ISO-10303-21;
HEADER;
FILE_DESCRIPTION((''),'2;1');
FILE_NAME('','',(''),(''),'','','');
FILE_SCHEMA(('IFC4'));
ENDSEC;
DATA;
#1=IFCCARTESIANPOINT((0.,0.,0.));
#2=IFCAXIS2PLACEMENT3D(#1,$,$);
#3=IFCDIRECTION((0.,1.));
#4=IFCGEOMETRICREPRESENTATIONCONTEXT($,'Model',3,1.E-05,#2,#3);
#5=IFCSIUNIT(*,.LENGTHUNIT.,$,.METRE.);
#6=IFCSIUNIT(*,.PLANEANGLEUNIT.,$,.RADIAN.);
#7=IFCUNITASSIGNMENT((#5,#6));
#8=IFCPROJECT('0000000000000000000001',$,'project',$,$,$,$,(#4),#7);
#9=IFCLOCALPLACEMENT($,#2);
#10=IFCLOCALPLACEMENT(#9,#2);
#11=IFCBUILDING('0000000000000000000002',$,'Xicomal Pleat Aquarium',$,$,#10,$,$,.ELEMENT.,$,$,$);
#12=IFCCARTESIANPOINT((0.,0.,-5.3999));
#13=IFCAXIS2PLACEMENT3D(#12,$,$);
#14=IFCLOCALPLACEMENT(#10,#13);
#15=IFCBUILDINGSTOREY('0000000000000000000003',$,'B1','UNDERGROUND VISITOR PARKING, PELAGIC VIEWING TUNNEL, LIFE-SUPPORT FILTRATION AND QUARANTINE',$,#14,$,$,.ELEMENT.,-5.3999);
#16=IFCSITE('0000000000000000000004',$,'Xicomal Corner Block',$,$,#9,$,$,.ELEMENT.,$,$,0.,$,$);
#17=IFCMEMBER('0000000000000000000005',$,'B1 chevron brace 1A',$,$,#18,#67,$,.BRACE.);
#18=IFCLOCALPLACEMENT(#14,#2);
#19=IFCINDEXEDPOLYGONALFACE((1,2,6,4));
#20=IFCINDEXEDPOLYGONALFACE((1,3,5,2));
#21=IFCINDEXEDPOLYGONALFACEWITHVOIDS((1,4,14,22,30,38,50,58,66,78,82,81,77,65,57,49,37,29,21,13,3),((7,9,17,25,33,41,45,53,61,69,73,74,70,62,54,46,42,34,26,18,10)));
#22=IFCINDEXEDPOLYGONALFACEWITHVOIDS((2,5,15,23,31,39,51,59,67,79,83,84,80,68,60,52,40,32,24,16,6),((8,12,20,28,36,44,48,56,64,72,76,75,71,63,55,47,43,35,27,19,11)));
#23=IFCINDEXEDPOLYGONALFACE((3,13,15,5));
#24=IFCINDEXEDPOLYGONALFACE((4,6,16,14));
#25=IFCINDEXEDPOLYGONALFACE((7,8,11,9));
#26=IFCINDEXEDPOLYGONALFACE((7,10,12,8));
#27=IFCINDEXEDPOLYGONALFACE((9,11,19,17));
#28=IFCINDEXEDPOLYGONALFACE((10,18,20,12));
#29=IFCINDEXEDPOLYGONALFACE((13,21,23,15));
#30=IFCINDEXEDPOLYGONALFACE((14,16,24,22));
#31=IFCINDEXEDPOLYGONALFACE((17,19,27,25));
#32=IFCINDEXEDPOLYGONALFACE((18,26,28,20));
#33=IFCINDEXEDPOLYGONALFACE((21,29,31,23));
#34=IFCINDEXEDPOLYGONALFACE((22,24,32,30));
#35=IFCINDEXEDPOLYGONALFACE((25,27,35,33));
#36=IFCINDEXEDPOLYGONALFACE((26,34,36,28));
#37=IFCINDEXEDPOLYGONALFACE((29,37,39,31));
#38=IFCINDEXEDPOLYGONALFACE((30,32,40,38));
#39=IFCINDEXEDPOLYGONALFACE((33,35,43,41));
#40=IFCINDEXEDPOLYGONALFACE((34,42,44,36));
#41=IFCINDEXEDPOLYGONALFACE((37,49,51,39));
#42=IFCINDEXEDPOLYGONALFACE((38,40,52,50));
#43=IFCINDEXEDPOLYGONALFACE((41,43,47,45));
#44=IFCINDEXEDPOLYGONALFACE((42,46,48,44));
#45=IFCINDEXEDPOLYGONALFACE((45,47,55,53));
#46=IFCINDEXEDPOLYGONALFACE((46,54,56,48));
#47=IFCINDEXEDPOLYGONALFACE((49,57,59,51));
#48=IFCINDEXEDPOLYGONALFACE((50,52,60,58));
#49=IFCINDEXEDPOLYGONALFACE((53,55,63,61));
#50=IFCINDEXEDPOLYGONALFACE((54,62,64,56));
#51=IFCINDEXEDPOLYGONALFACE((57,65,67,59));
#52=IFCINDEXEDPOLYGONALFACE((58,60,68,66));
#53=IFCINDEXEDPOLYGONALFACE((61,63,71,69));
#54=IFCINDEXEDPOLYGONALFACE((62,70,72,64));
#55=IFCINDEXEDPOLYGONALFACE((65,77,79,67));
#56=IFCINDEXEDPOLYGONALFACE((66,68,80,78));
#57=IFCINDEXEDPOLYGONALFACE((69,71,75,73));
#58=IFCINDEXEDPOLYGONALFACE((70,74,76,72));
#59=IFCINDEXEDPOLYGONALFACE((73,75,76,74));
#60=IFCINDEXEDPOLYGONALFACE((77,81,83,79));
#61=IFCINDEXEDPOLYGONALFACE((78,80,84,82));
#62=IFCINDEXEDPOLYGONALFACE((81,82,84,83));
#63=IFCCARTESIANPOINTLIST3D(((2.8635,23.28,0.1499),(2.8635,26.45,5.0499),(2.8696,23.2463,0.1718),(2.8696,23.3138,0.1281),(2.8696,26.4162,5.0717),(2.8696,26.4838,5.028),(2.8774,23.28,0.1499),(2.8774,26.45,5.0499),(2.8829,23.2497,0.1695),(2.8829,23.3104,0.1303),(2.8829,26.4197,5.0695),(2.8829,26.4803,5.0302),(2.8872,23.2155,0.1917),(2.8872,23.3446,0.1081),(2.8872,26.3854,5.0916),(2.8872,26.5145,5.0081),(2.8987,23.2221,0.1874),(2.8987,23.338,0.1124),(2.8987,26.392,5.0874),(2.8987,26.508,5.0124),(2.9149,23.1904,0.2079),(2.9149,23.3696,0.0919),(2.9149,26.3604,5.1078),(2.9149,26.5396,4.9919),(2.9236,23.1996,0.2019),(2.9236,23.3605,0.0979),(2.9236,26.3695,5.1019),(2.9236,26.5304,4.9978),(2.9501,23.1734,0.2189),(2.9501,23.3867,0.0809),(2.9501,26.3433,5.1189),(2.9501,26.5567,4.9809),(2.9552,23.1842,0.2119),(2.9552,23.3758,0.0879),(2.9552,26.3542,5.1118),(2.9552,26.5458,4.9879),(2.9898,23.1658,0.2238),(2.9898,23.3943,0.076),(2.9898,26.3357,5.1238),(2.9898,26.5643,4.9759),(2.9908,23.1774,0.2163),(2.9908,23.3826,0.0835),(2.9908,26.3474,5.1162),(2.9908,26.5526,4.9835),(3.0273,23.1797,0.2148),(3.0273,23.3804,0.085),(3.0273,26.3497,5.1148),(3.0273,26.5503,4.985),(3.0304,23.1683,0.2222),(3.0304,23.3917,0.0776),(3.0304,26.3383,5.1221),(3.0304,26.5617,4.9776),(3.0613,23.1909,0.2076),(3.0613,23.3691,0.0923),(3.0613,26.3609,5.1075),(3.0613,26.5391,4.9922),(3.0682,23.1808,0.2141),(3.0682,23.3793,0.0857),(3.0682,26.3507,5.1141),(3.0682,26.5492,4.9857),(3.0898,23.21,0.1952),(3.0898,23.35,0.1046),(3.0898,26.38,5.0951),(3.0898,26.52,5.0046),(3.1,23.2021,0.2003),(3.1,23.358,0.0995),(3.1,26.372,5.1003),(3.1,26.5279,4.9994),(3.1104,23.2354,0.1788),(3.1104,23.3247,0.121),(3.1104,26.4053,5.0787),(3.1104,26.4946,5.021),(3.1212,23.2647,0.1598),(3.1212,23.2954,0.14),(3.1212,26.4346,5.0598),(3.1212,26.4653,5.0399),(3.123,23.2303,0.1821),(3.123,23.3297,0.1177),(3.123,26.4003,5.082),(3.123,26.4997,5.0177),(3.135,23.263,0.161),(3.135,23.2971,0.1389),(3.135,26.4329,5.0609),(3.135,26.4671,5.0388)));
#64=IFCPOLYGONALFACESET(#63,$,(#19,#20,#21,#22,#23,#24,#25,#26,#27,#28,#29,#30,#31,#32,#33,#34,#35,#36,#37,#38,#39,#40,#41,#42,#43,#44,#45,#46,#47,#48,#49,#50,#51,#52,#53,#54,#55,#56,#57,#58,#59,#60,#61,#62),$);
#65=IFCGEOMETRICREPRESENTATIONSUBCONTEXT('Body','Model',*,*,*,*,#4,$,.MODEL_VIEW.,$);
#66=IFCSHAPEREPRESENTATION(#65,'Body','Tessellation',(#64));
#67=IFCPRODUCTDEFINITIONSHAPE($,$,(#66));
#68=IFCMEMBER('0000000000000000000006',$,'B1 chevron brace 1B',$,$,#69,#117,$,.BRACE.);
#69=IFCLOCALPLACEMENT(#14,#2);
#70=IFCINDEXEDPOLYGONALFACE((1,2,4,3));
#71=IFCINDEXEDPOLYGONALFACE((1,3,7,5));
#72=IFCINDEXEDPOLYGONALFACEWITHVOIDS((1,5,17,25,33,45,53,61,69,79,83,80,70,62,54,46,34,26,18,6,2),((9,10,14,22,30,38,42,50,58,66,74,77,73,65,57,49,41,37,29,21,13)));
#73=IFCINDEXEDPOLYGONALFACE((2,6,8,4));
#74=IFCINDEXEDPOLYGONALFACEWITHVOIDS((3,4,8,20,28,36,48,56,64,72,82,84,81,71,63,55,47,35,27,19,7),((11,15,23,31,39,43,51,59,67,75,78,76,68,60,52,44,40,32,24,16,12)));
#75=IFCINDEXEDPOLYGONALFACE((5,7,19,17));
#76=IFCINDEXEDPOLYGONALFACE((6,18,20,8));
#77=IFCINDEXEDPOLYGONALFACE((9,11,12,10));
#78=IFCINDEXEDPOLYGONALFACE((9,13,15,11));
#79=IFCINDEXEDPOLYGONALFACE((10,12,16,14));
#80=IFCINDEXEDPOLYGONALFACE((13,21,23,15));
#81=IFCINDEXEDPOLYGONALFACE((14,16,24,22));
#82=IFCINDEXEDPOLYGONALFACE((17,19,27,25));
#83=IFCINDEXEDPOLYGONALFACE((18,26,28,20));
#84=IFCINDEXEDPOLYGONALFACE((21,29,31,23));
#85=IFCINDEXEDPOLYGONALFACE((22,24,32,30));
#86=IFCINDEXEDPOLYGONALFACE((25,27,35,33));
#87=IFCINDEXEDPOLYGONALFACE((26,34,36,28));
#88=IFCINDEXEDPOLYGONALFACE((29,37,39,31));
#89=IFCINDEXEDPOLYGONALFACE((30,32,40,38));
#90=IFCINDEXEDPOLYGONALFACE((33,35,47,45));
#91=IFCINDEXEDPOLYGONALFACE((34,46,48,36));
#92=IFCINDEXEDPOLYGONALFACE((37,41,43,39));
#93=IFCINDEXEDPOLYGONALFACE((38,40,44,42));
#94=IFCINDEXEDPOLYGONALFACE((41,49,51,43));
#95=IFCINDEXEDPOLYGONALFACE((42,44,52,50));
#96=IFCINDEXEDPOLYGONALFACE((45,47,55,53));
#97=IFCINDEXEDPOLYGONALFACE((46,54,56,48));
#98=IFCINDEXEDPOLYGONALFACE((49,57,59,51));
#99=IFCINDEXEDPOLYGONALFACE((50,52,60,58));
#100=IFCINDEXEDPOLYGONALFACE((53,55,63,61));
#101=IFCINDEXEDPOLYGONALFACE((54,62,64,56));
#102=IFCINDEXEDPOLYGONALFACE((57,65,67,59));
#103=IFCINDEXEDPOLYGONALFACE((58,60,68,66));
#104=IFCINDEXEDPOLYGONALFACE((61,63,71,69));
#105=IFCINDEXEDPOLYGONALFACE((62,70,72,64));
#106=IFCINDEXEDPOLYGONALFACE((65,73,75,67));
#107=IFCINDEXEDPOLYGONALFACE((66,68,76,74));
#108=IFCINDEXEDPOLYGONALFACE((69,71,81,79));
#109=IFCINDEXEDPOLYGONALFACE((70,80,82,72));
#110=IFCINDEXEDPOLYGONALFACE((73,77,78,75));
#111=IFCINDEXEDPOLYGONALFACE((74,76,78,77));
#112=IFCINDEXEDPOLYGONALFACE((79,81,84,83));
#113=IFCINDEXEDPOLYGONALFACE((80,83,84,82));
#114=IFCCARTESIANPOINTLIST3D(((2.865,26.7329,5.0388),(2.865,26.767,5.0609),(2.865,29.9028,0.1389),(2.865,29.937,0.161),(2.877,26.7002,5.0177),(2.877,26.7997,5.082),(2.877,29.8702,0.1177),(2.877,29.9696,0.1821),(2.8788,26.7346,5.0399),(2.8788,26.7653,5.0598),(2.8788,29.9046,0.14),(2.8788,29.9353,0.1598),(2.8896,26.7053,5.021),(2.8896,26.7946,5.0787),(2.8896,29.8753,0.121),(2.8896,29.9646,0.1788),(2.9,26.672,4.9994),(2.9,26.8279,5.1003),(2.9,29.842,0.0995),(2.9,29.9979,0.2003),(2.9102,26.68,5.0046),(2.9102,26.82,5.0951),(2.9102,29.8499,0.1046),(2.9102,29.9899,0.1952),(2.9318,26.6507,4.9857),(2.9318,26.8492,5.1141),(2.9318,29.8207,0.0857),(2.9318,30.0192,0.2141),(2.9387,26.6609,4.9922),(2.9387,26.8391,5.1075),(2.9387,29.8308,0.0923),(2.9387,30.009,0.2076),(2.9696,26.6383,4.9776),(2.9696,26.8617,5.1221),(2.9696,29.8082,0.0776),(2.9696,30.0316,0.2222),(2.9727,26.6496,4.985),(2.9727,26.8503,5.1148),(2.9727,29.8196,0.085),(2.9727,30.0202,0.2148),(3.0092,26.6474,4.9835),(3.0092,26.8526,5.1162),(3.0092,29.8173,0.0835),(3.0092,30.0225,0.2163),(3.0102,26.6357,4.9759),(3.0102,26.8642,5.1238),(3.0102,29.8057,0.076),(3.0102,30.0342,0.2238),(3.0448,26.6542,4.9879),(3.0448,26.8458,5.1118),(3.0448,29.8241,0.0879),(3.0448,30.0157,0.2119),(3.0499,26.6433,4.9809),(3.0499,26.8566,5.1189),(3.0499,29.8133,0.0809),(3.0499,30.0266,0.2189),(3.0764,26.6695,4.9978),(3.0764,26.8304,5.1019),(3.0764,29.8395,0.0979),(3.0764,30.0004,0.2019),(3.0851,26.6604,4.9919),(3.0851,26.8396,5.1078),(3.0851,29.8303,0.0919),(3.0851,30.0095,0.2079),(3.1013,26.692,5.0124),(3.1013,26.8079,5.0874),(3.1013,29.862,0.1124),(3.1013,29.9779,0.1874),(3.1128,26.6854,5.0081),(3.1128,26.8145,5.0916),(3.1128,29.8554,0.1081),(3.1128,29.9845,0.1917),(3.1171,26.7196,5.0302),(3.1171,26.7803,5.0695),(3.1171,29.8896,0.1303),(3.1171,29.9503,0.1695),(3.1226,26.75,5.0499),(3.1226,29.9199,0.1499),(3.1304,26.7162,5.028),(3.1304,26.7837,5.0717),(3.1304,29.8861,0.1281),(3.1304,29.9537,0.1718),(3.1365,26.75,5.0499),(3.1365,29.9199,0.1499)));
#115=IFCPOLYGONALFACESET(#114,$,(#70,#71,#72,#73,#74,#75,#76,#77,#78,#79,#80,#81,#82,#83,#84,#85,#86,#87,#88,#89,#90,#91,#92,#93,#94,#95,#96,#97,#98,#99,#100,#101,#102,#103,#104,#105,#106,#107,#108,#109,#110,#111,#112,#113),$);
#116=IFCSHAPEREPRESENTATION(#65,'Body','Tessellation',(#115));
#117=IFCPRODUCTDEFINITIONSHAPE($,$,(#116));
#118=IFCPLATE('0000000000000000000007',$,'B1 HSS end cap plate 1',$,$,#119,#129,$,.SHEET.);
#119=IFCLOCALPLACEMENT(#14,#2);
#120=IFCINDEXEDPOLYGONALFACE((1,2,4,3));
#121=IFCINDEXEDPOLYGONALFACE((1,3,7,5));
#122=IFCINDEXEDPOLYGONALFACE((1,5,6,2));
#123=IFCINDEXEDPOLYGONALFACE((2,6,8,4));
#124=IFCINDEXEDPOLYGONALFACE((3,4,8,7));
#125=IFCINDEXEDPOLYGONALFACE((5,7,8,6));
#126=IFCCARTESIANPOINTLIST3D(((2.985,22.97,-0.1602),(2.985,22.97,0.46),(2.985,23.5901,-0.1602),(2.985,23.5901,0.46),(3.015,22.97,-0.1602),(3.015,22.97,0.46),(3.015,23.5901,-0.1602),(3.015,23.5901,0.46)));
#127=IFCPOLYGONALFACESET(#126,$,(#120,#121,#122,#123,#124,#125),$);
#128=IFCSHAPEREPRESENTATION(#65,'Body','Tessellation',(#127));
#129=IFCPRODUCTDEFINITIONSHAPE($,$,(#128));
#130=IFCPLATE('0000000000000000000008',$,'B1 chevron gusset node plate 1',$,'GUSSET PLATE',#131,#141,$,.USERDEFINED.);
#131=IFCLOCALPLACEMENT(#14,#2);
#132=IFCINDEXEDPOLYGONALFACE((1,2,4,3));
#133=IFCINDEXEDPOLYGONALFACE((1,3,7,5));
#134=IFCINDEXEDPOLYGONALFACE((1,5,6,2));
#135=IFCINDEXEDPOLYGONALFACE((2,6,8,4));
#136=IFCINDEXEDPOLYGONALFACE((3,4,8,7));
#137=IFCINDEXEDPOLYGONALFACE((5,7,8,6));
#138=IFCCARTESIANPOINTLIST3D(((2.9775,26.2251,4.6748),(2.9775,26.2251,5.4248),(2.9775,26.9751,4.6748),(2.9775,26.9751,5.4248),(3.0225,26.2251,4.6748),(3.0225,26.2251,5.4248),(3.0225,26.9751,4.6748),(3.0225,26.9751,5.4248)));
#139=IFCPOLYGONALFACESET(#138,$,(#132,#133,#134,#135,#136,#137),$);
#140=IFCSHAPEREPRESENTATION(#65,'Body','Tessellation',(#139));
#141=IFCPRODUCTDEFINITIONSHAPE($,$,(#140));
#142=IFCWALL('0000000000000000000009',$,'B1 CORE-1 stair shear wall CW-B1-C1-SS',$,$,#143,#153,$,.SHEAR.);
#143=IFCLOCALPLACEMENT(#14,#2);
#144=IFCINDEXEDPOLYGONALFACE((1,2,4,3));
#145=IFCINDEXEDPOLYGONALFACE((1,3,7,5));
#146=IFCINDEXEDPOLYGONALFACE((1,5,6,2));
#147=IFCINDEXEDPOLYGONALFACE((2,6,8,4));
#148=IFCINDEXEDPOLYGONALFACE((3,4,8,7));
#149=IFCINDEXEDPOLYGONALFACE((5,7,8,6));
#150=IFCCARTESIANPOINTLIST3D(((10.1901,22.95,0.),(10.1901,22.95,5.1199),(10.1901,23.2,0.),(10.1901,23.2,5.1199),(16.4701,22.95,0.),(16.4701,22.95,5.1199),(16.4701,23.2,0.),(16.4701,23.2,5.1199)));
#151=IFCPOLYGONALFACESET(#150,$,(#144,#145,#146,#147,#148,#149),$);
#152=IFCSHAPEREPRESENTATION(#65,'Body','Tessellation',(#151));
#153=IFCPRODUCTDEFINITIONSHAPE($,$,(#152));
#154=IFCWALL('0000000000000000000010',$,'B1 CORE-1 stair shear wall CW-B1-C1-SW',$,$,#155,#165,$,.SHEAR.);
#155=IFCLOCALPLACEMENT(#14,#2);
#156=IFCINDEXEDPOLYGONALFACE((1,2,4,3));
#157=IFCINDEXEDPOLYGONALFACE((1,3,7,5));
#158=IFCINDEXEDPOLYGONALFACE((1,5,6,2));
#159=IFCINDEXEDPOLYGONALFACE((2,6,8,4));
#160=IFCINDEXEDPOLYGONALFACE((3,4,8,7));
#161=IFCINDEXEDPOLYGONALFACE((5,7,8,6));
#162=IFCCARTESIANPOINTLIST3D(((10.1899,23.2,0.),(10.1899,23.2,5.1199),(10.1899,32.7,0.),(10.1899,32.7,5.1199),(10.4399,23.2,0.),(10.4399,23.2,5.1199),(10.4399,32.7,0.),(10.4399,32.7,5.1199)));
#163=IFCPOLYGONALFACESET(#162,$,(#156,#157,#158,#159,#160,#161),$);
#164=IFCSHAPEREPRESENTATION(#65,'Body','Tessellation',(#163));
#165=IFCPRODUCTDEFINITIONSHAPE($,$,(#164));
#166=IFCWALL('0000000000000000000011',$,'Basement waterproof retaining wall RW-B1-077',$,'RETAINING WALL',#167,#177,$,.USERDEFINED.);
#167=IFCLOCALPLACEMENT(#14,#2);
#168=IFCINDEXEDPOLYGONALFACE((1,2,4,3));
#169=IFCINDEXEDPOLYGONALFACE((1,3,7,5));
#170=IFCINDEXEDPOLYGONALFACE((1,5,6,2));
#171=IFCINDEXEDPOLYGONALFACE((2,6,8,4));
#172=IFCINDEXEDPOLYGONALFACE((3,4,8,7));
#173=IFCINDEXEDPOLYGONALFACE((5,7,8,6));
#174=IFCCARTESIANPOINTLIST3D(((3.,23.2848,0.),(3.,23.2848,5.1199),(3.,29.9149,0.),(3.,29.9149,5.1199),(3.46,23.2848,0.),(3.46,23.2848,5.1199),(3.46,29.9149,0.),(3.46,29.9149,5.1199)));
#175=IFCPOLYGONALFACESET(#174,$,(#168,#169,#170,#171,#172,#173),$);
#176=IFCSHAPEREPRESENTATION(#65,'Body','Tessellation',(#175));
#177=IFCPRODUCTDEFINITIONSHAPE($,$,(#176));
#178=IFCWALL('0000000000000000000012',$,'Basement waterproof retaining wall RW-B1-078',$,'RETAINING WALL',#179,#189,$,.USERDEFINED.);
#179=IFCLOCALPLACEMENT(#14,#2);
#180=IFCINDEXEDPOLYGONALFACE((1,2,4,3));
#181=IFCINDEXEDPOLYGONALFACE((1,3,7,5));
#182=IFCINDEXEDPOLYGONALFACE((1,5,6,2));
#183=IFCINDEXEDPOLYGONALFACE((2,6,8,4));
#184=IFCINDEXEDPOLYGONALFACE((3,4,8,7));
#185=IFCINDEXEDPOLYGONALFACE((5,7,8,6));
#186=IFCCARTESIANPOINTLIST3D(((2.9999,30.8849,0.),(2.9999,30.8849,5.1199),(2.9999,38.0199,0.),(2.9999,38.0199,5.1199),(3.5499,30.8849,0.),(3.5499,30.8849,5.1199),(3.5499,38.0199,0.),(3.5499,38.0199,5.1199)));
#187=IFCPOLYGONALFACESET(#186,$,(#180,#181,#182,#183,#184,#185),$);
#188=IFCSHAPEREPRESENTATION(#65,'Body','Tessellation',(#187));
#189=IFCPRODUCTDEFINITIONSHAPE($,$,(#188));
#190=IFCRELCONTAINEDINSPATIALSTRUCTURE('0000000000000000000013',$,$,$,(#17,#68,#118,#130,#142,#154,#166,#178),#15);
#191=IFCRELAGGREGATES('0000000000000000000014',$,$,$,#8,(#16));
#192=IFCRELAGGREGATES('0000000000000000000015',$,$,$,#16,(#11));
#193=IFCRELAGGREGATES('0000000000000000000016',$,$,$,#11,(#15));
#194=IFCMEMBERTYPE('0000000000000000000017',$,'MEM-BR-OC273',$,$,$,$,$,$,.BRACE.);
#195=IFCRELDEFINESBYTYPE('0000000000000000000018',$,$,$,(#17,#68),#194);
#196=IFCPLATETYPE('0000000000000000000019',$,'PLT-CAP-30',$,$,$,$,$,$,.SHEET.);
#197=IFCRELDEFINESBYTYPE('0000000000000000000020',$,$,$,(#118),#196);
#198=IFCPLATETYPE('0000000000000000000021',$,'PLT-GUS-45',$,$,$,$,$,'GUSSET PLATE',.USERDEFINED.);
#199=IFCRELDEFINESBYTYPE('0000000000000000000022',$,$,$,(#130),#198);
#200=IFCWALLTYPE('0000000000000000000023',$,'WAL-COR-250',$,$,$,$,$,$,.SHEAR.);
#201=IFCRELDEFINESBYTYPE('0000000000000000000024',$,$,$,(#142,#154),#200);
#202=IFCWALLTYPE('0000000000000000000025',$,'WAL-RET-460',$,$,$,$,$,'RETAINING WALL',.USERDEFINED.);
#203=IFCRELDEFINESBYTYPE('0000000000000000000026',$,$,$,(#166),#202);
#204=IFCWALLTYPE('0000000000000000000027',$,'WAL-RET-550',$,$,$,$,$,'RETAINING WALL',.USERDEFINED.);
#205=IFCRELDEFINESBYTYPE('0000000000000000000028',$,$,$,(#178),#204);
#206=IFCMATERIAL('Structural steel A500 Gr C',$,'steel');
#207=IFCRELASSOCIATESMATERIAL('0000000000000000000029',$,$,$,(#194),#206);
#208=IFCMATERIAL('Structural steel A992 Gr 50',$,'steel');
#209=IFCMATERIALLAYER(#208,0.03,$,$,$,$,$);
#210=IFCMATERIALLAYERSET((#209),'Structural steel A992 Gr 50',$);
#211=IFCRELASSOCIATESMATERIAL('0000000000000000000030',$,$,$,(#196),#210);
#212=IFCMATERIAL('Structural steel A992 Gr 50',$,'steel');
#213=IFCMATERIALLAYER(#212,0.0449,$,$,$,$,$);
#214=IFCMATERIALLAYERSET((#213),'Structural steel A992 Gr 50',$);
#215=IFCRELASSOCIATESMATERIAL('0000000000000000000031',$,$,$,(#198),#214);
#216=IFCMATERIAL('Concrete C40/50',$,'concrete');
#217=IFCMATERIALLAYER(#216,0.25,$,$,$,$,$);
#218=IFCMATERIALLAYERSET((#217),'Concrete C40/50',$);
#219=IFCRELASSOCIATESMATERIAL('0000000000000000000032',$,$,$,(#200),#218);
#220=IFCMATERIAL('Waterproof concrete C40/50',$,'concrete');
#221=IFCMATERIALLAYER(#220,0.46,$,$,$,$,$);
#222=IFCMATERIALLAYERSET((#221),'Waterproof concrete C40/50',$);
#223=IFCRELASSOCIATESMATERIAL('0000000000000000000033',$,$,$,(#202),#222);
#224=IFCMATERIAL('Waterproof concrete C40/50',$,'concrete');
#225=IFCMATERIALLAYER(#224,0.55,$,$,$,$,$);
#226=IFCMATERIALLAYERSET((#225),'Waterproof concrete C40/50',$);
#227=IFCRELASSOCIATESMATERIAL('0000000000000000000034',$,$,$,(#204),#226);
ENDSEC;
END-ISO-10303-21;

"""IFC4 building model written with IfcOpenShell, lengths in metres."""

from ifc_helpers import new_model, si_unit, direction, frame, frame_2d, origin, origin_2d, place, context, subcontext, project, spatial, rectangle, hollow_circle, extrude, material, layer, layer_set, material_profile, profile_set, type_object, element, save


model = new_model("IFC4")

# Units and contexts
model_context = context("Model", 3, precision=1e-05, world=origin(), true_north=direction((0.0, 1.0)))
body_context = subcontext(model_context, "Body", "Model", "MODEL_VIEW")
ifc_project = project(units=[si_unit("LENGTHUNIT", "METRE"), si_unit("PLANEANGLEUNIT", "RADIAN")], contexts=[model_context])

# Site, building, storey
site_placement = place(None, origin())
site = spatial("IfcSite", under=ifc_project, at=site_placement, Name="Xicomal Corner Block", CompositionType="ELEMENT", RefElevation=0.0)
building_placement = place(site_placement, origin())
building = spatial("IfcBuilding", under=site, at=building_placement, Name="Xicomal Pleat Aquarium", CompositionType="ELEMENT")
storey_placement = place(building_placement, frame((0.0, 0.0, -5.3999)))
storey = spatial("IfcBuildingStorey", under=building, at=storey_placement, Name="B1", Description="UNDERGROUND VISITOR PARKING, PELAGIC VIEWING TUNNEL, LIFE-SUPPORT FILTRATION AND QUARANTINE", CompositionType="ELEMENT", Elevation=-5.3999)

# Members
ifc_material_1 = material(Name="Structural steel A500 Gr C", Category="steel")
ifc_material_profile_1 = material_profile(ifc_material_1, hollow_circle(Radius=0.1365, WallThickness=0.0139, at=origin_2d()), Name="OC 273x14")
ifc_profile_set_1 = profile_set([ifc_material_profile_1], Name="Structural steel A500 Gr C")
member_type = type_object("IfcMemberType", Name="MEM-BR-OC273", PredefinedType="BRACE", material=ifc_profile_set_1)
for number, where, z_axis, x_axis, name in (
    (1, (3.0, 23.28, 0.1499), (0.0, 0.543178, 0.839617), (-1.0, 0.0, 0.0), "B1 chevron brace 1A"),
    (2, (3.0, 29.9199, 0.1499), (0.0, -0.543178, 0.839617), (1.0, 0.0, 0.0), "B1 chevron brace 1B"),
):
    element("IfcMember", number, at=place(storey_placement, frame(where, z_axis=z_axis, x_axis=x_axis)), inside=storey, type_object=member_type, Name=name, PredefinedType="BRACE", context=body_context, shape_type="SweptSolid", body=[
        extrude(hollow_circle(Radius=0.1365, WallThickness=0.0139, at=origin_2d()), origin(), (0.0, 0.0, 1.0), 5.8359),
    ])

# Plates
ifc_material_2 = material(Name="Structural steel A992 Gr 50", Category="steel")
ifc_layer_1 = layer(ifc_material_2, 0.03)
ifc_layer_set_1 = layer_set([ifc_layer_1], Name="Structural steel A992 Gr 50")
plate_type_1 = type_object("IfcPlateType", Name="PLT-CAP-30", PredefinedType="SHEET", material=ifc_layer_set_1)
plate_1_placement = place(storey_placement, frame((3.0, 23.28, -0.1602), z_axis=(0.0, 0.0, 1.0), x_axis=(0.0, 1.0, 0.0)))
element("IfcPlate", 3, at=plate_1_placement, inside=storey, type_object=plate_type_1, Name="B1 HSS end cap plate 1", PredefinedType="SHEET", context=body_context, shape_type="SweptSolid", body=[
    extrude(rectangle(XDim=0.6201, YDim=0.03, at=origin_2d()), origin(), (0.0, 0.0, 1.0), 0.6201),
])
ifc_material_3 = material(Name="Structural steel A992 Gr 50", Category="steel")
ifc_layer_2 = layer(ifc_material_3, 0.0449)
ifc_layer_set_2 = layer_set([ifc_layer_2], Name="Structural steel A992 Gr 50")
plate_type_2 = type_object("IfcPlateType", Name="PLT-GUS-45", ElementType="GUSSET PLATE", PredefinedType="USERDEFINED", material=ifc_layer_set_2)
plate_2_placement = place(storey_placement, frame((3.0, 26.6001, 4.6748), z_axis=(0.0, 0.0, 1.0), x_axis=(0.0, 1.0, 0.0)))
element("IfcPlate", 4, at=plate_2_placement, inside=storey, type_object=plate_type_2, Name="B1 chevron gusset node plate 1", ObjectType="GUSSET PLATE", PredefinedType="USERDEFINED", context=body_context, shape_type="SweptSolid", body=[
    extrude(rectangle(XDim=0.75, YDim=0.0449, at=origin_2d()), origin(), (0.0, 0.0, 1.0), 0.75),
])

# Walls
ifc_material_4 = material(Name="Concrete C40/50", Category="concrete")
ifc_layer_3 = layer(ifc_material_4, 0.25)
ifc_layer_set_3 = layer_set([ifc_layer_3], Name="Concrete C40/50")
wall_type_1 = type_object("IfcWallType", Name="WAL-COR-250", PredefinedType="SHEAR", material=ifc_layer_set_3)
wall_1_placement = place(storey_placement, frame((10.1899, 23.075, 0.0), z_axis=(0.0, 0.0, 1.0), x_axis=(1.0, 0.0, 0.0)))
element("IfcWall", 5, at=wall_1_placement, inside=storey, type_object=wall_type_1, Name="B1 CORE-1 stair shear wall CW-B1-C1-SS", PredefinedType="SHEAR", context=body_context, shape_type="SweptSolid", body=[
    extrude(rectangle(XDim=6.28, YDim=0.25, at=frame_2d((3.1401, 0.0))), origin(), (0.0, 0.0, 1.0), 5.1199),
])
wall_2_placement = place(storey_placement, frame((10.3149, 23.2, 0.0), z_axis=(0.0, 0.0, 1.0), x_axis=(0.0, 1.0, 0.0)))
element("IfcWall", 6, at=wall_2_placement, inside=storey, type_object=wall_type_1, Name="B1 CORE-1 stair shear wall CW-B1-C1-SW", PredefinedType="SHEAR", context=body_context, shape_type="SweptSolid", body=[
    extrude(rectangle(XDim=9.5, YDim=0.25, at=frame_2d((4.75, 0.0))), origin(), (0.0, 0.0, 1.0), 5.1199),
])
ifc_material_5 = material(Name="Waterproof concrete C40/50", Category="concrete")
ifc_layer_4 = layer(ifc_material_5, 0.46)
ifc_layer_set_4 = layer_set([ifc_layer_4], Name="Waterproof concrete C40/50")
wall_type_2 = type_object("IfcWallType", Name="WAL-RET-460", ElementType="RETAINING WALL", PredefinedType="USERDEFINED", material=ifc_layer_set_4)
wall_3_placement = place(storey_placement, frame((3.23, 23.2849, 0.0), z_axis=(0.0, 0.0, 1.0), x_axis=(0.0, 1.0, 0.0)))
element("IfcWall", 7, at=wall_3_placement, inside=storey, type_object=wall_type_2, Name="Basement waterproof retaining wall RW-B1-077", ObjectType="RETAINING WALL", PredefinedType="USERDEFINED", context=body_context, shape_type="SweptSolid", body=[
    extrude(rectangle(XDim=6.6301, YDim=0.46, at=frame_2d((3.3149, 0.0))), origin(), (0.0, 0.0, 1.0), 5.1199),
])
ifc_material_6 = material(Name="Waterproof concrete C40/50", Category="concrete")
ifc_layer_5 = layer(ifc_material_6, 0.55)
ifc_layer_set_5 = layer_set([ifc_layer_5], Name="Waterproof concrete C40/50")
wall_type_3 = type_object("IfcWallType", Name="WAL-RET-550", ElementType="RETAINING WALL", PredefinedType="USERDEFINED", material=ifc_layer_set_5)
wall_4_placement = place(storey_placement, frame((3.2749, 30.885, 0.0), z_axis=(0.0, 0.0, 1.0), x_axis=(0.0, 1.0, 0.0)))
element("IfcWall", 8, at=wall_4_placement, inside=storey, type_object=wall_type_3, Name="Basement waterproof retaining wall RW-B1-078", ObjectType="RETAINING WALL", PredefinedType="USERDEFINED", context=body_context, shape_type="SweptSolid", body=[
    extrude(rectangle(XDim=7.135, YDim=0.55, at=frame_2d((3.5674, 0.0))), origin(), (0.0, 0.0, 1.0), 5.1199),
])

save(model, "model.ifc")
